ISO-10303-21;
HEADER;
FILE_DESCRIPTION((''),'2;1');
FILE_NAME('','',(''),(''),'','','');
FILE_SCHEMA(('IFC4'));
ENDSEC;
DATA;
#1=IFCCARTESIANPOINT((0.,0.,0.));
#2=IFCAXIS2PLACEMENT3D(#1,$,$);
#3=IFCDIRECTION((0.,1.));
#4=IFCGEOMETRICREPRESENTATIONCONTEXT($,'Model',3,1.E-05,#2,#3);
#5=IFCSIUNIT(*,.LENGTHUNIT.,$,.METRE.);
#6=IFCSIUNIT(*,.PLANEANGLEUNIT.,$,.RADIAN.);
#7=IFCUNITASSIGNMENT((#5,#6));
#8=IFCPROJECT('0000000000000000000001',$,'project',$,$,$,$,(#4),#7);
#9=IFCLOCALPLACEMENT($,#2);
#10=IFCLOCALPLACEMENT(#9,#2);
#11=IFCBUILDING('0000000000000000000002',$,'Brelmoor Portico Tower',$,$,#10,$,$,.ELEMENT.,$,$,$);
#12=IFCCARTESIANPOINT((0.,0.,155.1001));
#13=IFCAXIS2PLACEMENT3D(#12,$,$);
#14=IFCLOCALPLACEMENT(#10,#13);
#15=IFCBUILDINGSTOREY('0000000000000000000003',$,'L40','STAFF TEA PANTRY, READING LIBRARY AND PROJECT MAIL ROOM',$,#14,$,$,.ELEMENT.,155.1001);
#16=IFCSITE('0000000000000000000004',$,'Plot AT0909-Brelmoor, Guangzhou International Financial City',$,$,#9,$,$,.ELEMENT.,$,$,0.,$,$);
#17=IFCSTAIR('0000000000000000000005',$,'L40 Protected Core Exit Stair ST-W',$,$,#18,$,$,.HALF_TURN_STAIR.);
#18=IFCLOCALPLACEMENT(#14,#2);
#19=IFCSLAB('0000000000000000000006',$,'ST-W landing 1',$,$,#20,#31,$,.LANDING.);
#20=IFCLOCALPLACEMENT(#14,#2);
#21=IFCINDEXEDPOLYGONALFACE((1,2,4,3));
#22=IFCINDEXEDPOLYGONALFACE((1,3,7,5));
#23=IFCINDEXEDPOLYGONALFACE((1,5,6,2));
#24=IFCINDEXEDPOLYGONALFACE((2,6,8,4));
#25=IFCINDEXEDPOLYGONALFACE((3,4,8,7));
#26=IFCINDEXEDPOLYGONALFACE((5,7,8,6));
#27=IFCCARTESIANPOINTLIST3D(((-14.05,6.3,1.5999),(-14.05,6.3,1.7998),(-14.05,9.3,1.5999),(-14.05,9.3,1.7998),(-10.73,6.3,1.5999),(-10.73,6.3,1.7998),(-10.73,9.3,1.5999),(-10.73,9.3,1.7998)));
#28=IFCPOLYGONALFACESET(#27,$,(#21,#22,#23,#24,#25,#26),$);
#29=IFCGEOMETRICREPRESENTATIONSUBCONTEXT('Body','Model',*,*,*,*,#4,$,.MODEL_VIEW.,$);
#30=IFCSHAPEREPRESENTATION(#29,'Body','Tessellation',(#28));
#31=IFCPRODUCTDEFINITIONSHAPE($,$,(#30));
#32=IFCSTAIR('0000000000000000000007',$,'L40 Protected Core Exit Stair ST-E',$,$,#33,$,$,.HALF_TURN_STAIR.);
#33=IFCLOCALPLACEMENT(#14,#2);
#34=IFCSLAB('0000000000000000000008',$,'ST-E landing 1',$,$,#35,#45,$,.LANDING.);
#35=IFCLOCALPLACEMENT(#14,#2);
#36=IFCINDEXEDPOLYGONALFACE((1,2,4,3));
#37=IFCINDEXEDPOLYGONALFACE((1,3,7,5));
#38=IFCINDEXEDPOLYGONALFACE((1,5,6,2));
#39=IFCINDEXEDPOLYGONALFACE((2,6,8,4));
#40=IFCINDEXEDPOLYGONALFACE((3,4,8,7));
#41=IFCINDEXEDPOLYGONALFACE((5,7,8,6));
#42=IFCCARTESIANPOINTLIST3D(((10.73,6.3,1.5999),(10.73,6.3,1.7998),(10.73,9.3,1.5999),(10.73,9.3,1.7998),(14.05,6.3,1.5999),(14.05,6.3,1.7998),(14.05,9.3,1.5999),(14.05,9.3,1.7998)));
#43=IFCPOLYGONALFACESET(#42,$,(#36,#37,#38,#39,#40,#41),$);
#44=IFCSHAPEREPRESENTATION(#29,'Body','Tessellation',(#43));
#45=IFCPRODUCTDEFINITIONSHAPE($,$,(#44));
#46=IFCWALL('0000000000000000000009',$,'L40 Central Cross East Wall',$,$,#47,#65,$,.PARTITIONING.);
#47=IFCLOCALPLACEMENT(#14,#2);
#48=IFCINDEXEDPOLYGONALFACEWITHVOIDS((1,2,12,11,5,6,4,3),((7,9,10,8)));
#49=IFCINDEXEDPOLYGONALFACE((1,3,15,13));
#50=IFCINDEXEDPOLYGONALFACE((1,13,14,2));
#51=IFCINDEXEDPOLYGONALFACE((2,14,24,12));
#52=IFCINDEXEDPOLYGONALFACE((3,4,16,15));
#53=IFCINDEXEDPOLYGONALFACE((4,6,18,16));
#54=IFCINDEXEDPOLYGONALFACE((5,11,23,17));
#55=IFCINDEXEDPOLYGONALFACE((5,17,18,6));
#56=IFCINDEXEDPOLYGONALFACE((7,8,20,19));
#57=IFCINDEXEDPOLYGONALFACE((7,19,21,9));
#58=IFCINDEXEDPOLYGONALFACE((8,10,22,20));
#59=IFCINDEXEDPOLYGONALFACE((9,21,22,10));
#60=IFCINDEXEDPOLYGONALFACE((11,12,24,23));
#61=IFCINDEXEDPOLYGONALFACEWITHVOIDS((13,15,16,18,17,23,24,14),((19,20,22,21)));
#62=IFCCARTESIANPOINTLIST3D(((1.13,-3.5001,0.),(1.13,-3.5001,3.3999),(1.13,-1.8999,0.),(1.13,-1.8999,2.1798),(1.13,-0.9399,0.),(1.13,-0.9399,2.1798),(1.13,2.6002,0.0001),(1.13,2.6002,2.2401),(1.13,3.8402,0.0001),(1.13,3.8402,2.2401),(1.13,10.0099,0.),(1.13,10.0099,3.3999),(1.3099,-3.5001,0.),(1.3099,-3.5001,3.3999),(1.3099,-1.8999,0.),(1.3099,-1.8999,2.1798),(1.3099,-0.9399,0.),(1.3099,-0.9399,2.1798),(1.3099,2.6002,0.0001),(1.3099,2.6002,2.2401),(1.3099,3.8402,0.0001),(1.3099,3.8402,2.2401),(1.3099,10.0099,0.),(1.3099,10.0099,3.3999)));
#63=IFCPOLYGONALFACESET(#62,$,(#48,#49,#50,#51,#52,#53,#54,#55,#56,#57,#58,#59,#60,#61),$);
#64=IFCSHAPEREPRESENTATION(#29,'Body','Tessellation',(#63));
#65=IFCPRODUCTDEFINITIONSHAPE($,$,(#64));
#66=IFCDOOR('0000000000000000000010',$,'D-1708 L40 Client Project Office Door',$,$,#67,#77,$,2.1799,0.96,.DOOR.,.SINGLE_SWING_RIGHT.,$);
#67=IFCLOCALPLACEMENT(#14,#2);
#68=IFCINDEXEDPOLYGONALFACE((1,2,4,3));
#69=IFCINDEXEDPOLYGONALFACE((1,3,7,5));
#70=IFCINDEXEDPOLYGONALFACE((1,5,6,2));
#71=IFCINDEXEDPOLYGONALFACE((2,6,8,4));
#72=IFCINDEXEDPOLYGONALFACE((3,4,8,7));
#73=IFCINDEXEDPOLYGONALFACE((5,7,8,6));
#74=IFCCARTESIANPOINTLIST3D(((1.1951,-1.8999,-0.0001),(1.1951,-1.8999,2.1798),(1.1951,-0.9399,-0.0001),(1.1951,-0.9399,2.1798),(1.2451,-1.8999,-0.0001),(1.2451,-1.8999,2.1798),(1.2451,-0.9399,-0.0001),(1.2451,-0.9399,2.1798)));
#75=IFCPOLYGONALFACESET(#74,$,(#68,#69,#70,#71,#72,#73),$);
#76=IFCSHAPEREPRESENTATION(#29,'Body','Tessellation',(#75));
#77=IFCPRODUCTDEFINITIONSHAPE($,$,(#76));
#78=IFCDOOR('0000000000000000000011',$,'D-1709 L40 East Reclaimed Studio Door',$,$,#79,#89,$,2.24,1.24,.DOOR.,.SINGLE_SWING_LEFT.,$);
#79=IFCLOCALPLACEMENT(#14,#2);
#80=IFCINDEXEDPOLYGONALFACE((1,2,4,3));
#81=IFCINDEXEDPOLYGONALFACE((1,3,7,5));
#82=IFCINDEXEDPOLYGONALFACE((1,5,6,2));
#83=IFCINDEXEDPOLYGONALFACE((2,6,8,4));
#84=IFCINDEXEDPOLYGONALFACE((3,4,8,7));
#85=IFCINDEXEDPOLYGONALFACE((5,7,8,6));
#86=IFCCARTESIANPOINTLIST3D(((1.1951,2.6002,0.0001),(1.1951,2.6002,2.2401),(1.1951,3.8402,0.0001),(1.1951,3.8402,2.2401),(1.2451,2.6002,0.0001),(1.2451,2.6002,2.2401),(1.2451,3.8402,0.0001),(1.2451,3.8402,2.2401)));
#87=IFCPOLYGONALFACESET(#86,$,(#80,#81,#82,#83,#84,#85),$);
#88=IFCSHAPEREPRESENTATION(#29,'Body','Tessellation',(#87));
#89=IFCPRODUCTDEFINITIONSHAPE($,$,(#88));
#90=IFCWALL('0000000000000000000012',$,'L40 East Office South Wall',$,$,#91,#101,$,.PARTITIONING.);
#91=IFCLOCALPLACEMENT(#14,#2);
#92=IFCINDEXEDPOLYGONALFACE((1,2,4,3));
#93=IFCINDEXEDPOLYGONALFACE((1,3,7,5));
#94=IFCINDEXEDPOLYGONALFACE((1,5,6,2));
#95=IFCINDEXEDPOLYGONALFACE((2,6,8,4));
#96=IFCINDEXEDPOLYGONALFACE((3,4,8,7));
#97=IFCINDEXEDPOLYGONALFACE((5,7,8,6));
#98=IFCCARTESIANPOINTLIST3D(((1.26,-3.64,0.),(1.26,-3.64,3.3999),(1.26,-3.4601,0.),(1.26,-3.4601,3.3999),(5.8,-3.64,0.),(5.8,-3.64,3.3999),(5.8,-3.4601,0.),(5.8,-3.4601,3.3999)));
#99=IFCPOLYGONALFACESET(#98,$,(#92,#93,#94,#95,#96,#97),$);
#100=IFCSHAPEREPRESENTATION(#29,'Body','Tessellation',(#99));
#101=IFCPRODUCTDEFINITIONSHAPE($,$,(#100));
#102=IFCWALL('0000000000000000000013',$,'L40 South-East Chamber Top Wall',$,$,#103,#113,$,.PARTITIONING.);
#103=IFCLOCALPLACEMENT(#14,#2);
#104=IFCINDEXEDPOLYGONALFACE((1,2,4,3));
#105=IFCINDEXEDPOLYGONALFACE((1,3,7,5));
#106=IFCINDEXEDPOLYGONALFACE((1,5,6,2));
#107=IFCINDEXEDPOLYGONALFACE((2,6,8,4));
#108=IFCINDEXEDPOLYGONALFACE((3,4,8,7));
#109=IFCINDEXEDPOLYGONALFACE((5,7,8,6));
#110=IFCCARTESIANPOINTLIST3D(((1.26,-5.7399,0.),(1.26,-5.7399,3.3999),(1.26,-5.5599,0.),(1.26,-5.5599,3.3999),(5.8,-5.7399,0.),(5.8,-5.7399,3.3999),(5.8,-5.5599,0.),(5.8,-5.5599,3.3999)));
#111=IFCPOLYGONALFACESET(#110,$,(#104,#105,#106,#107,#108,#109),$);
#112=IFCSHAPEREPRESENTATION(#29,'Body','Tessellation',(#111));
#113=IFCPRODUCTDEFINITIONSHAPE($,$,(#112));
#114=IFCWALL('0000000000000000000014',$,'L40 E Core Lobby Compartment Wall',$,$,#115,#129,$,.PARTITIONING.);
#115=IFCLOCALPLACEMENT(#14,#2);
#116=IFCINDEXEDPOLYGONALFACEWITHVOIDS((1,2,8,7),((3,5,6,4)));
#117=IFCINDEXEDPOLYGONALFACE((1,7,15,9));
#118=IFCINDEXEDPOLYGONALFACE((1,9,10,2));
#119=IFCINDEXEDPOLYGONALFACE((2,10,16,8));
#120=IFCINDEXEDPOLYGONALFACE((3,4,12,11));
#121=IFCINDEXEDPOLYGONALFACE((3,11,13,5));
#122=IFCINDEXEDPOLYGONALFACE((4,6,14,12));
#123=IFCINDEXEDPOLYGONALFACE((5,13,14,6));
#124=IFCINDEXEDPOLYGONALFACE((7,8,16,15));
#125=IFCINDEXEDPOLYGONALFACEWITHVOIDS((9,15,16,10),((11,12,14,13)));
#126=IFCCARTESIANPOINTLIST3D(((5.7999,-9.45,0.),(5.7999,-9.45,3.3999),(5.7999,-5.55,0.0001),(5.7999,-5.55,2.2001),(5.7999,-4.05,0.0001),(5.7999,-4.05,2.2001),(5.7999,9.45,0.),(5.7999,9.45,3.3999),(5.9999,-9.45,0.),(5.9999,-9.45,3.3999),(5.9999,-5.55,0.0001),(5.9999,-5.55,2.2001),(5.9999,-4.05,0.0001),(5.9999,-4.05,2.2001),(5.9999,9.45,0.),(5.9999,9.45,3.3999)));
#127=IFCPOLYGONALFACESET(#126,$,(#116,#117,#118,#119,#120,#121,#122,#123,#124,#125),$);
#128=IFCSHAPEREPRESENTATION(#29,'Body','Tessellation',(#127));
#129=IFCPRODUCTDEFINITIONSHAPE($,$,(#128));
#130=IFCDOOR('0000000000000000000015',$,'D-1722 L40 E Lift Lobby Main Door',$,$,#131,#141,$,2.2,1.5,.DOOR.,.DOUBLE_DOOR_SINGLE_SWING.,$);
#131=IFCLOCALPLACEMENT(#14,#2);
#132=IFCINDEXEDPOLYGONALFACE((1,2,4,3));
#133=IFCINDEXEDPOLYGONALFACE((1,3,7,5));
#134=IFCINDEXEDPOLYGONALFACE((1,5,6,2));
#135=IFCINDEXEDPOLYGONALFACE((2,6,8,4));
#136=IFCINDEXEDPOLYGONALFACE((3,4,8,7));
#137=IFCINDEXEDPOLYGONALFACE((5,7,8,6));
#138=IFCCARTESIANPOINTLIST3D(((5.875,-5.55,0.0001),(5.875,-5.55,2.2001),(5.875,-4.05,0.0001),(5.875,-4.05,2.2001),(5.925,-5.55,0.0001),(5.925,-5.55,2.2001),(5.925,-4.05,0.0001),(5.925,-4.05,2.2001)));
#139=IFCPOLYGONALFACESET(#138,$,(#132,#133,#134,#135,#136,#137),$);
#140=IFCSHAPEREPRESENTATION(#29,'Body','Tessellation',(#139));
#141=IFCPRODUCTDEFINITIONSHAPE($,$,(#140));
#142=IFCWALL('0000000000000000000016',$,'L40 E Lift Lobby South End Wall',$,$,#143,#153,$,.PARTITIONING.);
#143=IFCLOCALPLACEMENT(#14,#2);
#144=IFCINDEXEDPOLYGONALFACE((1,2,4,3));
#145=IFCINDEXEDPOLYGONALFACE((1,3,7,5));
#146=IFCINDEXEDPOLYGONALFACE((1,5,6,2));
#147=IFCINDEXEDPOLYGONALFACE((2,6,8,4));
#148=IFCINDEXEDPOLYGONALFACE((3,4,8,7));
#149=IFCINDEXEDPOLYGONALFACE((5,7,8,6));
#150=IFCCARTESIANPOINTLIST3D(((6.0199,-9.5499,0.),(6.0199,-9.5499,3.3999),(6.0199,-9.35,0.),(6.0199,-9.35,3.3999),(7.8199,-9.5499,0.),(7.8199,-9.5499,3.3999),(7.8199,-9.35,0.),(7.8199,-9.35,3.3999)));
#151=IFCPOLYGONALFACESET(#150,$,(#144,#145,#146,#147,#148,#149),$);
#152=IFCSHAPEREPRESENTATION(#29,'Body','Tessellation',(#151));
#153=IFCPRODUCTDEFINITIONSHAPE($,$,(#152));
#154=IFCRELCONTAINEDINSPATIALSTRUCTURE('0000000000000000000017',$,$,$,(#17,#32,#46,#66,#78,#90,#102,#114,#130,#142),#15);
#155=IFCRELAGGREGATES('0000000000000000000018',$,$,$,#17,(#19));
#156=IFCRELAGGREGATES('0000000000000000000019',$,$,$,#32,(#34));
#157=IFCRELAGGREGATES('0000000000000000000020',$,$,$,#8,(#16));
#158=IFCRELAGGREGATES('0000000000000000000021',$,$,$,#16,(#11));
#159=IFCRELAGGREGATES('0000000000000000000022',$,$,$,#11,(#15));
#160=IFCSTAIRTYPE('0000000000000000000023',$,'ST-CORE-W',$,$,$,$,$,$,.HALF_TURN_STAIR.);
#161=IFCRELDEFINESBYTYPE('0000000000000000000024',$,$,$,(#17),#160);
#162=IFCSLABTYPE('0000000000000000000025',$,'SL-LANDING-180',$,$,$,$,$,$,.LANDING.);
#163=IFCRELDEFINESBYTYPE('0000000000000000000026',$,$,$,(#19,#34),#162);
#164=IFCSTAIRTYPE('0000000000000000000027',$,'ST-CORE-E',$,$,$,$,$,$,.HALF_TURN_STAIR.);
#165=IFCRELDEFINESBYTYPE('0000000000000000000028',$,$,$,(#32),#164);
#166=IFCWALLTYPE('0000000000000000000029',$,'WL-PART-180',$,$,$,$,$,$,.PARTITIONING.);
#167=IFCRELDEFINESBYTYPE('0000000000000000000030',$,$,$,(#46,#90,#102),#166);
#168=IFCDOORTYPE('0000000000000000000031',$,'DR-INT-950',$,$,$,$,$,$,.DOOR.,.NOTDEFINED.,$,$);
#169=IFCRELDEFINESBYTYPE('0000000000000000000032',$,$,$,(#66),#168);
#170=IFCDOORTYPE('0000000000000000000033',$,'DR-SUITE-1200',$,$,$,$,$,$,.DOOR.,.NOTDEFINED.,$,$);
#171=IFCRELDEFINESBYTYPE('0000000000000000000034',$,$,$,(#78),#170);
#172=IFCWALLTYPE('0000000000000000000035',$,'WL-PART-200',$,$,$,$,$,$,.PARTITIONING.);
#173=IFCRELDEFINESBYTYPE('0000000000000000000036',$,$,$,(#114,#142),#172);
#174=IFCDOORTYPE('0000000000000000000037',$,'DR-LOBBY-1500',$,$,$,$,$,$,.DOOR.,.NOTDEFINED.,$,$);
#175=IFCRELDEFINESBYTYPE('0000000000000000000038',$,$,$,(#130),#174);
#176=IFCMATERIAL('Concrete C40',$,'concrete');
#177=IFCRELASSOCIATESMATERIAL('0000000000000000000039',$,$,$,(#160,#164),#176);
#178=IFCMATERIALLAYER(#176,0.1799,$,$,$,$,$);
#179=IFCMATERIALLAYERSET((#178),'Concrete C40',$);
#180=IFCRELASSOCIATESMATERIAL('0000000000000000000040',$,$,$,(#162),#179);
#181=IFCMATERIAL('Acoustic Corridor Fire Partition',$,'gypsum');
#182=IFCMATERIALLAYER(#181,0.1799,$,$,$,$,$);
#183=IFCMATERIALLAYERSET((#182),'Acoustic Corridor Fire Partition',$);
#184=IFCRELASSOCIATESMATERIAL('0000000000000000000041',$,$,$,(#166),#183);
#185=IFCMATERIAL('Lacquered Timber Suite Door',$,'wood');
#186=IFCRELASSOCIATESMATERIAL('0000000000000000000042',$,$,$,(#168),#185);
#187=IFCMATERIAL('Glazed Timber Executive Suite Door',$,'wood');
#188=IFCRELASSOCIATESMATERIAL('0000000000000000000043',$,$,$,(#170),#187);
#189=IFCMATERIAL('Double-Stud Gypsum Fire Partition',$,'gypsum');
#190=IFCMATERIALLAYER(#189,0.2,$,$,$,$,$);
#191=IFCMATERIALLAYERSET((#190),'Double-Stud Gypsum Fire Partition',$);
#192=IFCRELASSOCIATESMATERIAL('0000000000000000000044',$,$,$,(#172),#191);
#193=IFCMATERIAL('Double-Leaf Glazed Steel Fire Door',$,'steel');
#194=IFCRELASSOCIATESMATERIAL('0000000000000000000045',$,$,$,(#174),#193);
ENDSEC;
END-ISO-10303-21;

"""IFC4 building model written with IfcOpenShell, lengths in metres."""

from ifc_helpers import new_model, si_unit, direction, frame, frame_2d, origin, place, context, subcontext, project, spatial, polyline, rectangle, outline, extrude, material, layer, layer_set, type_object, element, fill, aggregate, save


model = new_model("IFC4")

# Units and contexts
model_context = context("Model", 3, precision=1e-05, world=origin(), true_north=direction((0.0, 1.0)))
body_context = subcontext(model_context, "Body", "Model", "MODEL_VIEW")
ifc_project = project(units=[si_unit("LENGTHUNIT", "METRE"), si_unit("PLANEANGLEUNIT", "RADIAN")], contexts=[model_context])

# Site, building, storey
site_placement = place(None, origin())
site = spatial("IfcSite", under=ifc_project, at=site_placement, Name="Plot AT0909-Brelmoor, Guangzhou International Financial City", CompositionType="ELEMENT", RefElevation=0.0)
building_placement = place(site_placement, origin())
building = spatial("IfcBuilding", under=site, at=building_placement, Name="Brelmoor Portico Tower", CompositionType="ELEMENT")
storey_placement = place(building_placement, frame((0.0, 0.0, 155.1001)))
storey = spatial("IfcBuildingStorey", under=building, at=storey_placement, Name="L40", Description="STAFF TEA PANTRY, READING LIBRARY AND PROJECT MAIL ROOM", CompositionType="ELEMENT", Elevation=155.1001)

# Stairs, slabs
ifc_material_1 = material(Name="Concrete C40", Category="concrete")
stair_type_1 = type_object("IfcStairType", Name="ST-CORE-W", PredefinedType="HALF_TURN_STAIR", material=ifc_material_1)
stair_1_placement = place(storey_placement, origin())
stair_1 = element("IfcStair", 1, at=stair_1_placement, inside=storey, type_object=stair_type_1, Name="L40 Protected Core Exit Stair ST-W", PredefinedType="HALF_TURN_STAIR")
ifc_layer_1 = layer(ifc_material_1, 0.1799)
ifc_layer_set_1 = layer_set([ifc_layer_1], Name="Concrete C40")
slab_type = type_object("IfcSlabType", Name="SL-LANDING-180", PredefinedType="LANDING", material=ifc_layer_set_1)
slab_1_placement = place(storey_placement, frame((0.0, 0.0, 1.5999)))
slab_1 = element("IfcSlab", 2, at=slab_1_placement, type_object=slab_type, Name="ST-W landing 1", PredefinedType="LANDING", context=body_context, shape_type="SweptSolid", body=[
    extrude(outline(polyline([(-10.73, 6.3), (-10.73, 9.3), (-14.05, 9.3), (-14.05, 6.3), (-10.73, 6.3)])), origin(), (0.0, 0.0, 1.0), 0.2),
])
aggregate(stair_1, [slab_1])
stair_type_2 = type_object("IfcStairType", Name="ST-CORE-E", PredefinedType="HALF_TURN_STAIR", material=ifc_material_1)
stair_2_placement = place(storey_placement, origin())
stair_2 = element("IfcStair", 3, at=stair_2_placement, inside=storey, type_object=stair_type_2, Name="L40 Protected Core Exit Stair ST-E", PredefinedType="HALF_TURN_STAIR")
slab_2_placement = place(storey_placement, frame((0.0, 0.0, 1.5999)))
slab_2 = element("IfcSlab", 4, at=slab_2_placement, type_object=slab_type, Name="ST-E landing 1", PredefinedType="LANDING", context=body_context, shape_type="SweptSolid", body=[
    extrude(outline(polyline([(14.05, 6.3), (14.05, 9.3), (10.73, 9.3), (10.73, 6.3), (14.05, 6.3)])), origin(), (0.0, 0.0, 1.0), 0.2),
])
aggregate(stair_2, [slab_2])

# Wall, openings, doors
ifc_material_2 = material(Name="Acoustic Corridor Fire Partition", Category="gypsum")
ifc_layer_2 = layer(ifc_material_2, 0.1799)
ifc_layer_set_2 = layer_set([ifc_layer_2], Name="Acoustic Corridor Fire Partition")
wall_type_1 = type_object("IfcWallType", Name="WL-PART-180", PredefinedType="PARTITIONING", material=ifc_layer_set_2)
wall_1_placement = place(storey_placement, frame((1.22, -3.5, 0.0), z_axis=(0.0, 0.0, 1.0), x_axis=(0.0, 1.0, 0.0)))
wall_1 = element("IfcWall", 5, at=wall_1_placement, inside=storey, type_object=wall_type_1, Name="L40 Central Cross East Wall", PredefinedType="PARTITIONING", context=body_context, shape_type="SweptSolid", body=[
    extrude(rectangle(XDim=13.51, YDim=0.1799, at=frame_2d((6.7549, 0.0))), origin(), (0.0, 0.0, 1.0), 3.3999),
])
opening_1_placement = place(wall_1_placement, frame((6.1001, 0.0, 0.0)))
opening_1 = element("IfcOpeningElement", 6, at=opening_1_placement, cuts=wall_1, PredefinedType="OPENING", context=body_context, shape_type="SweptSolid", body=[
    extrude(rectangle(XDim=1.24, YDim=2.24, at=frame_2d((0.6201, 1.1201))), frame((0.0, 0.0999, 0.0), z_axis=(0.0, -1.0, 0.0), x_axis=(1.0, 0.0, 0.0)), (0.0, 0.0, 1.0), 0.2),
])
opening_2_placement = place(wall_1_placement, frame((1.6001, 0.0, 0.0)))
opening_2 = element("IfcOpeningElement", 7, at=opening_2_placement, cuts=wall_1, PredefinedType="OPENING", context=body_context, shape_type="SweptSolid", body=[
    extrude(rectangle(XDim=0.96, YDim=2.1799, at=frame_2d((0.48, 1.0898))), frame((0.0, 0.0999, 0.0), z_axis=(0.0, -1.0, 0.0), x_axis=(1.0, 0.0, 0.0)), (0.0, 0.0, 1.0), 0.2),
])
ifc_material_3 = material(Name="Lacquered Timber Suite Door", Category="wood")
door_type_1 = type_object("IfcDoorType", Name="DR-INT-950", OperationType="NOTDEFINED", PredefinedType="DOOR", material=ifc_material_3)
door_1_placement = place(opening_2_placement, origin())
door_1 = element("IfcDoor", 8, at=door_1_placement, inside=storey, type_object=door_type_1, Name="D-1708 L40 Client Project Office Door", OperationType="SINGLE_SWING_RIGHT", OverallHeight=2.1799, OverallWidth=0.96, PredefinedType="DOOR", context=body_context, shape_type="SweptSolid", body=[
    extrude(rectangle(XDim=0.96, YDim=2.1799, at=frame_2d((0.48, 1.0898))), frame((0.0, 0.0249, 0.0), z_axis=(0.0, -1.0, 0.0), x_axis=(1.0, 0.0, 0.0)), (0.0, 0.0, 1.0), 0.05),
])
fill(opening_2, door_1)
ifc_material_4 = material(Name="Glazed Timber Executive Suite Door", Category="wood")
door_type_2 = type_object("IfcDoorType", Name="DR-SUITE-1200", OperationType="NOTDEFINED", PredefinedType="DOOR", material=ifc_material_4)
door_2_placement = place(opening_1_placement, origin())
door_2 = element("IfcDoor", 9, at=door_2_placement, inside=storey, type_object=door_type_2, Name="D-1709 L40 East Reclaimed Studio Door", OperationType="SINGLE_SWING_LEFT", OverallHeight=2.24, OverallWidth=1.24, PredefinedType="DOOR", context=body_context, shape_type="SweptSolid", body=[
    extrude(rectangle(XDim=1.24, YDim=2.24, at=frame_2d((0.6201, 1.1201))), frame((0.0, 0.0249, 0.0), z_axis=(0.0, -1.0, 0.0), x_axis=(1.0, 0.0, 0.0)), (0.0, 0.0, 1.0), 0.05),
])
fill(opening_1, door_2)

# Walls
for number, where, z_axis, x_axis, name in (
    (10, (1.26, -3.55, 0.0), (0.0, 0.0, 1.0), (1.0, 0.0, 0.0), "L40 East Office South Wall"),
    (11, (1.26, -5.6499, 0.0), (0.0, 0.0, 1.0), (1.0, 0.0, 0.0), "L40 South-East Chamber Top Wall"),
):
    element("IfcWall", number, at=place(storey_placement, frame(where, z_axis=z_axis, x_axis=x_axis)), inside=storey, type_object=wall_type_1, Name=name, PredefinedType="PARTITIONING", context=body_context, shape_type="SweptSolid", body=[
        extrude(rectangle(XDim=4.54, YDim=0.1799, at=frame_2d((2.27, 0.0))), origin(), (0.0, 0.0, 1.0), 3.3999),
    ])

# Wall, opening, door
ifc_material_5 = material(Name="Double-Stud Gypsum Fire Partition", Category="gypsum")
ifc_layer_3 = layer(ifc_material_5, 0.2)
ifc_layer_set_3 = layer_set([ifc_layer_3], Name="Double-Stud Gypsum Fire Partition")
wall_type_2 = type_object("IfcWallType", Name="WL-PART-200", PredefinedType="PARTITIONING", material=ifc_layer_set_3)
wall_2_placement = place(storey_placement, frame((5.8999, -9.45, 0.0), z_axis=(0.0, 0.0, 1.0), x_axis=(0.0, 1.0, 0.0)))
wall_2 = element("IfcWall", 12, at=wall_2_placement, inside=storey, type_object=wall_type_2, Name="L40 E Core Lobby Compartment Wall", PredefinedType="PARTITIONING", context=body_context, shape_type="SweptSolid", body=[
    extrude(rectangle(XDim=18.8999, YDim=0.2, at=frame_2d((9.45, 0.0))), origin(), (0.0, 0.0, 1.0), 3.3999),
])
opening_3_placement = place(wall_2_placement, frame((3.8999, 0.0, 0.0)))
opening_3 = element("IfcOpeningElement", 13, at=opening_3_placement, cuts=wall_2, PredefinedType="OPENING", context=body_context, shape_type="SweptSolid", body=[
    extrude(rectangle(XDim=1.5, YDim=2.2, at=frame_2d((0.75, 1.1001))), frame((0.0, 0.1099, 0.0), z_axis=(0.0, -1.0, 0.0), x_axis=(1.0, 0.0, 0.0)), (0.0, 0.0, 1.0), 0.22),
])
ifc_material_6 = material(Name="Double-Leaf Glazed Steel Fire Door", Category="steel")
door_type_3 = type_object("IfcDoorType", Name="DR-LOBBY-1500", OperationType="NOTDEFINED", PredefinedType="DOOR", material=ifc_material_6)
door_3_placement = place(opening_3_placement, origin())
door_3 = element("IfcDoor", 14, at=door_3_placement, inside=storey, type_object=door_type_3, Name="D-1722 L40 E Lift Lobby Main Door", OperationType="DOUBLE_DOOR_SINGLE_SWING", OverallHeight=2.2, OverallWidth=1.5, PredefinedType="DOOR", context=body_context, shape_type="SweptSolid", body=[
    extrude(rectangle(XDim=1.5, YDim=2.2, at=frame_2d((0.75, 1.1001))), frame((0.0, 0.0249, 0.0), z_axis=(0.0, -1.0, 0.0), x_axis=(1.0, 0.0, 0.0)), (0.0, 0.0, 1.0), 0.05),
])
fill(opening_3, door_3)

# Wall
wall_3_placement = place(storey_placement, frame((6.02, -9.45, 0.0), z_axis=(0.0, 0.0, 1.0), x_axis=(1.0, 0.0, 0.0)))
element("IfcWall", 15, at=wall_3_placement, inside=storey, type_object=wall_type_2, Name="L40 E Lift Lobby South End Wall", PredefinedType="PARTITIONING", context=body_context, shape_type="SweptSolid", body=[
    extrude(rectangle(XDim=1.8, YDim=0.2, at=frame_2d((0.8999, 0.0))), origin(), (0.0, 0.0, 1.0), 3.3999),
])

save(model, "model.ifc")
